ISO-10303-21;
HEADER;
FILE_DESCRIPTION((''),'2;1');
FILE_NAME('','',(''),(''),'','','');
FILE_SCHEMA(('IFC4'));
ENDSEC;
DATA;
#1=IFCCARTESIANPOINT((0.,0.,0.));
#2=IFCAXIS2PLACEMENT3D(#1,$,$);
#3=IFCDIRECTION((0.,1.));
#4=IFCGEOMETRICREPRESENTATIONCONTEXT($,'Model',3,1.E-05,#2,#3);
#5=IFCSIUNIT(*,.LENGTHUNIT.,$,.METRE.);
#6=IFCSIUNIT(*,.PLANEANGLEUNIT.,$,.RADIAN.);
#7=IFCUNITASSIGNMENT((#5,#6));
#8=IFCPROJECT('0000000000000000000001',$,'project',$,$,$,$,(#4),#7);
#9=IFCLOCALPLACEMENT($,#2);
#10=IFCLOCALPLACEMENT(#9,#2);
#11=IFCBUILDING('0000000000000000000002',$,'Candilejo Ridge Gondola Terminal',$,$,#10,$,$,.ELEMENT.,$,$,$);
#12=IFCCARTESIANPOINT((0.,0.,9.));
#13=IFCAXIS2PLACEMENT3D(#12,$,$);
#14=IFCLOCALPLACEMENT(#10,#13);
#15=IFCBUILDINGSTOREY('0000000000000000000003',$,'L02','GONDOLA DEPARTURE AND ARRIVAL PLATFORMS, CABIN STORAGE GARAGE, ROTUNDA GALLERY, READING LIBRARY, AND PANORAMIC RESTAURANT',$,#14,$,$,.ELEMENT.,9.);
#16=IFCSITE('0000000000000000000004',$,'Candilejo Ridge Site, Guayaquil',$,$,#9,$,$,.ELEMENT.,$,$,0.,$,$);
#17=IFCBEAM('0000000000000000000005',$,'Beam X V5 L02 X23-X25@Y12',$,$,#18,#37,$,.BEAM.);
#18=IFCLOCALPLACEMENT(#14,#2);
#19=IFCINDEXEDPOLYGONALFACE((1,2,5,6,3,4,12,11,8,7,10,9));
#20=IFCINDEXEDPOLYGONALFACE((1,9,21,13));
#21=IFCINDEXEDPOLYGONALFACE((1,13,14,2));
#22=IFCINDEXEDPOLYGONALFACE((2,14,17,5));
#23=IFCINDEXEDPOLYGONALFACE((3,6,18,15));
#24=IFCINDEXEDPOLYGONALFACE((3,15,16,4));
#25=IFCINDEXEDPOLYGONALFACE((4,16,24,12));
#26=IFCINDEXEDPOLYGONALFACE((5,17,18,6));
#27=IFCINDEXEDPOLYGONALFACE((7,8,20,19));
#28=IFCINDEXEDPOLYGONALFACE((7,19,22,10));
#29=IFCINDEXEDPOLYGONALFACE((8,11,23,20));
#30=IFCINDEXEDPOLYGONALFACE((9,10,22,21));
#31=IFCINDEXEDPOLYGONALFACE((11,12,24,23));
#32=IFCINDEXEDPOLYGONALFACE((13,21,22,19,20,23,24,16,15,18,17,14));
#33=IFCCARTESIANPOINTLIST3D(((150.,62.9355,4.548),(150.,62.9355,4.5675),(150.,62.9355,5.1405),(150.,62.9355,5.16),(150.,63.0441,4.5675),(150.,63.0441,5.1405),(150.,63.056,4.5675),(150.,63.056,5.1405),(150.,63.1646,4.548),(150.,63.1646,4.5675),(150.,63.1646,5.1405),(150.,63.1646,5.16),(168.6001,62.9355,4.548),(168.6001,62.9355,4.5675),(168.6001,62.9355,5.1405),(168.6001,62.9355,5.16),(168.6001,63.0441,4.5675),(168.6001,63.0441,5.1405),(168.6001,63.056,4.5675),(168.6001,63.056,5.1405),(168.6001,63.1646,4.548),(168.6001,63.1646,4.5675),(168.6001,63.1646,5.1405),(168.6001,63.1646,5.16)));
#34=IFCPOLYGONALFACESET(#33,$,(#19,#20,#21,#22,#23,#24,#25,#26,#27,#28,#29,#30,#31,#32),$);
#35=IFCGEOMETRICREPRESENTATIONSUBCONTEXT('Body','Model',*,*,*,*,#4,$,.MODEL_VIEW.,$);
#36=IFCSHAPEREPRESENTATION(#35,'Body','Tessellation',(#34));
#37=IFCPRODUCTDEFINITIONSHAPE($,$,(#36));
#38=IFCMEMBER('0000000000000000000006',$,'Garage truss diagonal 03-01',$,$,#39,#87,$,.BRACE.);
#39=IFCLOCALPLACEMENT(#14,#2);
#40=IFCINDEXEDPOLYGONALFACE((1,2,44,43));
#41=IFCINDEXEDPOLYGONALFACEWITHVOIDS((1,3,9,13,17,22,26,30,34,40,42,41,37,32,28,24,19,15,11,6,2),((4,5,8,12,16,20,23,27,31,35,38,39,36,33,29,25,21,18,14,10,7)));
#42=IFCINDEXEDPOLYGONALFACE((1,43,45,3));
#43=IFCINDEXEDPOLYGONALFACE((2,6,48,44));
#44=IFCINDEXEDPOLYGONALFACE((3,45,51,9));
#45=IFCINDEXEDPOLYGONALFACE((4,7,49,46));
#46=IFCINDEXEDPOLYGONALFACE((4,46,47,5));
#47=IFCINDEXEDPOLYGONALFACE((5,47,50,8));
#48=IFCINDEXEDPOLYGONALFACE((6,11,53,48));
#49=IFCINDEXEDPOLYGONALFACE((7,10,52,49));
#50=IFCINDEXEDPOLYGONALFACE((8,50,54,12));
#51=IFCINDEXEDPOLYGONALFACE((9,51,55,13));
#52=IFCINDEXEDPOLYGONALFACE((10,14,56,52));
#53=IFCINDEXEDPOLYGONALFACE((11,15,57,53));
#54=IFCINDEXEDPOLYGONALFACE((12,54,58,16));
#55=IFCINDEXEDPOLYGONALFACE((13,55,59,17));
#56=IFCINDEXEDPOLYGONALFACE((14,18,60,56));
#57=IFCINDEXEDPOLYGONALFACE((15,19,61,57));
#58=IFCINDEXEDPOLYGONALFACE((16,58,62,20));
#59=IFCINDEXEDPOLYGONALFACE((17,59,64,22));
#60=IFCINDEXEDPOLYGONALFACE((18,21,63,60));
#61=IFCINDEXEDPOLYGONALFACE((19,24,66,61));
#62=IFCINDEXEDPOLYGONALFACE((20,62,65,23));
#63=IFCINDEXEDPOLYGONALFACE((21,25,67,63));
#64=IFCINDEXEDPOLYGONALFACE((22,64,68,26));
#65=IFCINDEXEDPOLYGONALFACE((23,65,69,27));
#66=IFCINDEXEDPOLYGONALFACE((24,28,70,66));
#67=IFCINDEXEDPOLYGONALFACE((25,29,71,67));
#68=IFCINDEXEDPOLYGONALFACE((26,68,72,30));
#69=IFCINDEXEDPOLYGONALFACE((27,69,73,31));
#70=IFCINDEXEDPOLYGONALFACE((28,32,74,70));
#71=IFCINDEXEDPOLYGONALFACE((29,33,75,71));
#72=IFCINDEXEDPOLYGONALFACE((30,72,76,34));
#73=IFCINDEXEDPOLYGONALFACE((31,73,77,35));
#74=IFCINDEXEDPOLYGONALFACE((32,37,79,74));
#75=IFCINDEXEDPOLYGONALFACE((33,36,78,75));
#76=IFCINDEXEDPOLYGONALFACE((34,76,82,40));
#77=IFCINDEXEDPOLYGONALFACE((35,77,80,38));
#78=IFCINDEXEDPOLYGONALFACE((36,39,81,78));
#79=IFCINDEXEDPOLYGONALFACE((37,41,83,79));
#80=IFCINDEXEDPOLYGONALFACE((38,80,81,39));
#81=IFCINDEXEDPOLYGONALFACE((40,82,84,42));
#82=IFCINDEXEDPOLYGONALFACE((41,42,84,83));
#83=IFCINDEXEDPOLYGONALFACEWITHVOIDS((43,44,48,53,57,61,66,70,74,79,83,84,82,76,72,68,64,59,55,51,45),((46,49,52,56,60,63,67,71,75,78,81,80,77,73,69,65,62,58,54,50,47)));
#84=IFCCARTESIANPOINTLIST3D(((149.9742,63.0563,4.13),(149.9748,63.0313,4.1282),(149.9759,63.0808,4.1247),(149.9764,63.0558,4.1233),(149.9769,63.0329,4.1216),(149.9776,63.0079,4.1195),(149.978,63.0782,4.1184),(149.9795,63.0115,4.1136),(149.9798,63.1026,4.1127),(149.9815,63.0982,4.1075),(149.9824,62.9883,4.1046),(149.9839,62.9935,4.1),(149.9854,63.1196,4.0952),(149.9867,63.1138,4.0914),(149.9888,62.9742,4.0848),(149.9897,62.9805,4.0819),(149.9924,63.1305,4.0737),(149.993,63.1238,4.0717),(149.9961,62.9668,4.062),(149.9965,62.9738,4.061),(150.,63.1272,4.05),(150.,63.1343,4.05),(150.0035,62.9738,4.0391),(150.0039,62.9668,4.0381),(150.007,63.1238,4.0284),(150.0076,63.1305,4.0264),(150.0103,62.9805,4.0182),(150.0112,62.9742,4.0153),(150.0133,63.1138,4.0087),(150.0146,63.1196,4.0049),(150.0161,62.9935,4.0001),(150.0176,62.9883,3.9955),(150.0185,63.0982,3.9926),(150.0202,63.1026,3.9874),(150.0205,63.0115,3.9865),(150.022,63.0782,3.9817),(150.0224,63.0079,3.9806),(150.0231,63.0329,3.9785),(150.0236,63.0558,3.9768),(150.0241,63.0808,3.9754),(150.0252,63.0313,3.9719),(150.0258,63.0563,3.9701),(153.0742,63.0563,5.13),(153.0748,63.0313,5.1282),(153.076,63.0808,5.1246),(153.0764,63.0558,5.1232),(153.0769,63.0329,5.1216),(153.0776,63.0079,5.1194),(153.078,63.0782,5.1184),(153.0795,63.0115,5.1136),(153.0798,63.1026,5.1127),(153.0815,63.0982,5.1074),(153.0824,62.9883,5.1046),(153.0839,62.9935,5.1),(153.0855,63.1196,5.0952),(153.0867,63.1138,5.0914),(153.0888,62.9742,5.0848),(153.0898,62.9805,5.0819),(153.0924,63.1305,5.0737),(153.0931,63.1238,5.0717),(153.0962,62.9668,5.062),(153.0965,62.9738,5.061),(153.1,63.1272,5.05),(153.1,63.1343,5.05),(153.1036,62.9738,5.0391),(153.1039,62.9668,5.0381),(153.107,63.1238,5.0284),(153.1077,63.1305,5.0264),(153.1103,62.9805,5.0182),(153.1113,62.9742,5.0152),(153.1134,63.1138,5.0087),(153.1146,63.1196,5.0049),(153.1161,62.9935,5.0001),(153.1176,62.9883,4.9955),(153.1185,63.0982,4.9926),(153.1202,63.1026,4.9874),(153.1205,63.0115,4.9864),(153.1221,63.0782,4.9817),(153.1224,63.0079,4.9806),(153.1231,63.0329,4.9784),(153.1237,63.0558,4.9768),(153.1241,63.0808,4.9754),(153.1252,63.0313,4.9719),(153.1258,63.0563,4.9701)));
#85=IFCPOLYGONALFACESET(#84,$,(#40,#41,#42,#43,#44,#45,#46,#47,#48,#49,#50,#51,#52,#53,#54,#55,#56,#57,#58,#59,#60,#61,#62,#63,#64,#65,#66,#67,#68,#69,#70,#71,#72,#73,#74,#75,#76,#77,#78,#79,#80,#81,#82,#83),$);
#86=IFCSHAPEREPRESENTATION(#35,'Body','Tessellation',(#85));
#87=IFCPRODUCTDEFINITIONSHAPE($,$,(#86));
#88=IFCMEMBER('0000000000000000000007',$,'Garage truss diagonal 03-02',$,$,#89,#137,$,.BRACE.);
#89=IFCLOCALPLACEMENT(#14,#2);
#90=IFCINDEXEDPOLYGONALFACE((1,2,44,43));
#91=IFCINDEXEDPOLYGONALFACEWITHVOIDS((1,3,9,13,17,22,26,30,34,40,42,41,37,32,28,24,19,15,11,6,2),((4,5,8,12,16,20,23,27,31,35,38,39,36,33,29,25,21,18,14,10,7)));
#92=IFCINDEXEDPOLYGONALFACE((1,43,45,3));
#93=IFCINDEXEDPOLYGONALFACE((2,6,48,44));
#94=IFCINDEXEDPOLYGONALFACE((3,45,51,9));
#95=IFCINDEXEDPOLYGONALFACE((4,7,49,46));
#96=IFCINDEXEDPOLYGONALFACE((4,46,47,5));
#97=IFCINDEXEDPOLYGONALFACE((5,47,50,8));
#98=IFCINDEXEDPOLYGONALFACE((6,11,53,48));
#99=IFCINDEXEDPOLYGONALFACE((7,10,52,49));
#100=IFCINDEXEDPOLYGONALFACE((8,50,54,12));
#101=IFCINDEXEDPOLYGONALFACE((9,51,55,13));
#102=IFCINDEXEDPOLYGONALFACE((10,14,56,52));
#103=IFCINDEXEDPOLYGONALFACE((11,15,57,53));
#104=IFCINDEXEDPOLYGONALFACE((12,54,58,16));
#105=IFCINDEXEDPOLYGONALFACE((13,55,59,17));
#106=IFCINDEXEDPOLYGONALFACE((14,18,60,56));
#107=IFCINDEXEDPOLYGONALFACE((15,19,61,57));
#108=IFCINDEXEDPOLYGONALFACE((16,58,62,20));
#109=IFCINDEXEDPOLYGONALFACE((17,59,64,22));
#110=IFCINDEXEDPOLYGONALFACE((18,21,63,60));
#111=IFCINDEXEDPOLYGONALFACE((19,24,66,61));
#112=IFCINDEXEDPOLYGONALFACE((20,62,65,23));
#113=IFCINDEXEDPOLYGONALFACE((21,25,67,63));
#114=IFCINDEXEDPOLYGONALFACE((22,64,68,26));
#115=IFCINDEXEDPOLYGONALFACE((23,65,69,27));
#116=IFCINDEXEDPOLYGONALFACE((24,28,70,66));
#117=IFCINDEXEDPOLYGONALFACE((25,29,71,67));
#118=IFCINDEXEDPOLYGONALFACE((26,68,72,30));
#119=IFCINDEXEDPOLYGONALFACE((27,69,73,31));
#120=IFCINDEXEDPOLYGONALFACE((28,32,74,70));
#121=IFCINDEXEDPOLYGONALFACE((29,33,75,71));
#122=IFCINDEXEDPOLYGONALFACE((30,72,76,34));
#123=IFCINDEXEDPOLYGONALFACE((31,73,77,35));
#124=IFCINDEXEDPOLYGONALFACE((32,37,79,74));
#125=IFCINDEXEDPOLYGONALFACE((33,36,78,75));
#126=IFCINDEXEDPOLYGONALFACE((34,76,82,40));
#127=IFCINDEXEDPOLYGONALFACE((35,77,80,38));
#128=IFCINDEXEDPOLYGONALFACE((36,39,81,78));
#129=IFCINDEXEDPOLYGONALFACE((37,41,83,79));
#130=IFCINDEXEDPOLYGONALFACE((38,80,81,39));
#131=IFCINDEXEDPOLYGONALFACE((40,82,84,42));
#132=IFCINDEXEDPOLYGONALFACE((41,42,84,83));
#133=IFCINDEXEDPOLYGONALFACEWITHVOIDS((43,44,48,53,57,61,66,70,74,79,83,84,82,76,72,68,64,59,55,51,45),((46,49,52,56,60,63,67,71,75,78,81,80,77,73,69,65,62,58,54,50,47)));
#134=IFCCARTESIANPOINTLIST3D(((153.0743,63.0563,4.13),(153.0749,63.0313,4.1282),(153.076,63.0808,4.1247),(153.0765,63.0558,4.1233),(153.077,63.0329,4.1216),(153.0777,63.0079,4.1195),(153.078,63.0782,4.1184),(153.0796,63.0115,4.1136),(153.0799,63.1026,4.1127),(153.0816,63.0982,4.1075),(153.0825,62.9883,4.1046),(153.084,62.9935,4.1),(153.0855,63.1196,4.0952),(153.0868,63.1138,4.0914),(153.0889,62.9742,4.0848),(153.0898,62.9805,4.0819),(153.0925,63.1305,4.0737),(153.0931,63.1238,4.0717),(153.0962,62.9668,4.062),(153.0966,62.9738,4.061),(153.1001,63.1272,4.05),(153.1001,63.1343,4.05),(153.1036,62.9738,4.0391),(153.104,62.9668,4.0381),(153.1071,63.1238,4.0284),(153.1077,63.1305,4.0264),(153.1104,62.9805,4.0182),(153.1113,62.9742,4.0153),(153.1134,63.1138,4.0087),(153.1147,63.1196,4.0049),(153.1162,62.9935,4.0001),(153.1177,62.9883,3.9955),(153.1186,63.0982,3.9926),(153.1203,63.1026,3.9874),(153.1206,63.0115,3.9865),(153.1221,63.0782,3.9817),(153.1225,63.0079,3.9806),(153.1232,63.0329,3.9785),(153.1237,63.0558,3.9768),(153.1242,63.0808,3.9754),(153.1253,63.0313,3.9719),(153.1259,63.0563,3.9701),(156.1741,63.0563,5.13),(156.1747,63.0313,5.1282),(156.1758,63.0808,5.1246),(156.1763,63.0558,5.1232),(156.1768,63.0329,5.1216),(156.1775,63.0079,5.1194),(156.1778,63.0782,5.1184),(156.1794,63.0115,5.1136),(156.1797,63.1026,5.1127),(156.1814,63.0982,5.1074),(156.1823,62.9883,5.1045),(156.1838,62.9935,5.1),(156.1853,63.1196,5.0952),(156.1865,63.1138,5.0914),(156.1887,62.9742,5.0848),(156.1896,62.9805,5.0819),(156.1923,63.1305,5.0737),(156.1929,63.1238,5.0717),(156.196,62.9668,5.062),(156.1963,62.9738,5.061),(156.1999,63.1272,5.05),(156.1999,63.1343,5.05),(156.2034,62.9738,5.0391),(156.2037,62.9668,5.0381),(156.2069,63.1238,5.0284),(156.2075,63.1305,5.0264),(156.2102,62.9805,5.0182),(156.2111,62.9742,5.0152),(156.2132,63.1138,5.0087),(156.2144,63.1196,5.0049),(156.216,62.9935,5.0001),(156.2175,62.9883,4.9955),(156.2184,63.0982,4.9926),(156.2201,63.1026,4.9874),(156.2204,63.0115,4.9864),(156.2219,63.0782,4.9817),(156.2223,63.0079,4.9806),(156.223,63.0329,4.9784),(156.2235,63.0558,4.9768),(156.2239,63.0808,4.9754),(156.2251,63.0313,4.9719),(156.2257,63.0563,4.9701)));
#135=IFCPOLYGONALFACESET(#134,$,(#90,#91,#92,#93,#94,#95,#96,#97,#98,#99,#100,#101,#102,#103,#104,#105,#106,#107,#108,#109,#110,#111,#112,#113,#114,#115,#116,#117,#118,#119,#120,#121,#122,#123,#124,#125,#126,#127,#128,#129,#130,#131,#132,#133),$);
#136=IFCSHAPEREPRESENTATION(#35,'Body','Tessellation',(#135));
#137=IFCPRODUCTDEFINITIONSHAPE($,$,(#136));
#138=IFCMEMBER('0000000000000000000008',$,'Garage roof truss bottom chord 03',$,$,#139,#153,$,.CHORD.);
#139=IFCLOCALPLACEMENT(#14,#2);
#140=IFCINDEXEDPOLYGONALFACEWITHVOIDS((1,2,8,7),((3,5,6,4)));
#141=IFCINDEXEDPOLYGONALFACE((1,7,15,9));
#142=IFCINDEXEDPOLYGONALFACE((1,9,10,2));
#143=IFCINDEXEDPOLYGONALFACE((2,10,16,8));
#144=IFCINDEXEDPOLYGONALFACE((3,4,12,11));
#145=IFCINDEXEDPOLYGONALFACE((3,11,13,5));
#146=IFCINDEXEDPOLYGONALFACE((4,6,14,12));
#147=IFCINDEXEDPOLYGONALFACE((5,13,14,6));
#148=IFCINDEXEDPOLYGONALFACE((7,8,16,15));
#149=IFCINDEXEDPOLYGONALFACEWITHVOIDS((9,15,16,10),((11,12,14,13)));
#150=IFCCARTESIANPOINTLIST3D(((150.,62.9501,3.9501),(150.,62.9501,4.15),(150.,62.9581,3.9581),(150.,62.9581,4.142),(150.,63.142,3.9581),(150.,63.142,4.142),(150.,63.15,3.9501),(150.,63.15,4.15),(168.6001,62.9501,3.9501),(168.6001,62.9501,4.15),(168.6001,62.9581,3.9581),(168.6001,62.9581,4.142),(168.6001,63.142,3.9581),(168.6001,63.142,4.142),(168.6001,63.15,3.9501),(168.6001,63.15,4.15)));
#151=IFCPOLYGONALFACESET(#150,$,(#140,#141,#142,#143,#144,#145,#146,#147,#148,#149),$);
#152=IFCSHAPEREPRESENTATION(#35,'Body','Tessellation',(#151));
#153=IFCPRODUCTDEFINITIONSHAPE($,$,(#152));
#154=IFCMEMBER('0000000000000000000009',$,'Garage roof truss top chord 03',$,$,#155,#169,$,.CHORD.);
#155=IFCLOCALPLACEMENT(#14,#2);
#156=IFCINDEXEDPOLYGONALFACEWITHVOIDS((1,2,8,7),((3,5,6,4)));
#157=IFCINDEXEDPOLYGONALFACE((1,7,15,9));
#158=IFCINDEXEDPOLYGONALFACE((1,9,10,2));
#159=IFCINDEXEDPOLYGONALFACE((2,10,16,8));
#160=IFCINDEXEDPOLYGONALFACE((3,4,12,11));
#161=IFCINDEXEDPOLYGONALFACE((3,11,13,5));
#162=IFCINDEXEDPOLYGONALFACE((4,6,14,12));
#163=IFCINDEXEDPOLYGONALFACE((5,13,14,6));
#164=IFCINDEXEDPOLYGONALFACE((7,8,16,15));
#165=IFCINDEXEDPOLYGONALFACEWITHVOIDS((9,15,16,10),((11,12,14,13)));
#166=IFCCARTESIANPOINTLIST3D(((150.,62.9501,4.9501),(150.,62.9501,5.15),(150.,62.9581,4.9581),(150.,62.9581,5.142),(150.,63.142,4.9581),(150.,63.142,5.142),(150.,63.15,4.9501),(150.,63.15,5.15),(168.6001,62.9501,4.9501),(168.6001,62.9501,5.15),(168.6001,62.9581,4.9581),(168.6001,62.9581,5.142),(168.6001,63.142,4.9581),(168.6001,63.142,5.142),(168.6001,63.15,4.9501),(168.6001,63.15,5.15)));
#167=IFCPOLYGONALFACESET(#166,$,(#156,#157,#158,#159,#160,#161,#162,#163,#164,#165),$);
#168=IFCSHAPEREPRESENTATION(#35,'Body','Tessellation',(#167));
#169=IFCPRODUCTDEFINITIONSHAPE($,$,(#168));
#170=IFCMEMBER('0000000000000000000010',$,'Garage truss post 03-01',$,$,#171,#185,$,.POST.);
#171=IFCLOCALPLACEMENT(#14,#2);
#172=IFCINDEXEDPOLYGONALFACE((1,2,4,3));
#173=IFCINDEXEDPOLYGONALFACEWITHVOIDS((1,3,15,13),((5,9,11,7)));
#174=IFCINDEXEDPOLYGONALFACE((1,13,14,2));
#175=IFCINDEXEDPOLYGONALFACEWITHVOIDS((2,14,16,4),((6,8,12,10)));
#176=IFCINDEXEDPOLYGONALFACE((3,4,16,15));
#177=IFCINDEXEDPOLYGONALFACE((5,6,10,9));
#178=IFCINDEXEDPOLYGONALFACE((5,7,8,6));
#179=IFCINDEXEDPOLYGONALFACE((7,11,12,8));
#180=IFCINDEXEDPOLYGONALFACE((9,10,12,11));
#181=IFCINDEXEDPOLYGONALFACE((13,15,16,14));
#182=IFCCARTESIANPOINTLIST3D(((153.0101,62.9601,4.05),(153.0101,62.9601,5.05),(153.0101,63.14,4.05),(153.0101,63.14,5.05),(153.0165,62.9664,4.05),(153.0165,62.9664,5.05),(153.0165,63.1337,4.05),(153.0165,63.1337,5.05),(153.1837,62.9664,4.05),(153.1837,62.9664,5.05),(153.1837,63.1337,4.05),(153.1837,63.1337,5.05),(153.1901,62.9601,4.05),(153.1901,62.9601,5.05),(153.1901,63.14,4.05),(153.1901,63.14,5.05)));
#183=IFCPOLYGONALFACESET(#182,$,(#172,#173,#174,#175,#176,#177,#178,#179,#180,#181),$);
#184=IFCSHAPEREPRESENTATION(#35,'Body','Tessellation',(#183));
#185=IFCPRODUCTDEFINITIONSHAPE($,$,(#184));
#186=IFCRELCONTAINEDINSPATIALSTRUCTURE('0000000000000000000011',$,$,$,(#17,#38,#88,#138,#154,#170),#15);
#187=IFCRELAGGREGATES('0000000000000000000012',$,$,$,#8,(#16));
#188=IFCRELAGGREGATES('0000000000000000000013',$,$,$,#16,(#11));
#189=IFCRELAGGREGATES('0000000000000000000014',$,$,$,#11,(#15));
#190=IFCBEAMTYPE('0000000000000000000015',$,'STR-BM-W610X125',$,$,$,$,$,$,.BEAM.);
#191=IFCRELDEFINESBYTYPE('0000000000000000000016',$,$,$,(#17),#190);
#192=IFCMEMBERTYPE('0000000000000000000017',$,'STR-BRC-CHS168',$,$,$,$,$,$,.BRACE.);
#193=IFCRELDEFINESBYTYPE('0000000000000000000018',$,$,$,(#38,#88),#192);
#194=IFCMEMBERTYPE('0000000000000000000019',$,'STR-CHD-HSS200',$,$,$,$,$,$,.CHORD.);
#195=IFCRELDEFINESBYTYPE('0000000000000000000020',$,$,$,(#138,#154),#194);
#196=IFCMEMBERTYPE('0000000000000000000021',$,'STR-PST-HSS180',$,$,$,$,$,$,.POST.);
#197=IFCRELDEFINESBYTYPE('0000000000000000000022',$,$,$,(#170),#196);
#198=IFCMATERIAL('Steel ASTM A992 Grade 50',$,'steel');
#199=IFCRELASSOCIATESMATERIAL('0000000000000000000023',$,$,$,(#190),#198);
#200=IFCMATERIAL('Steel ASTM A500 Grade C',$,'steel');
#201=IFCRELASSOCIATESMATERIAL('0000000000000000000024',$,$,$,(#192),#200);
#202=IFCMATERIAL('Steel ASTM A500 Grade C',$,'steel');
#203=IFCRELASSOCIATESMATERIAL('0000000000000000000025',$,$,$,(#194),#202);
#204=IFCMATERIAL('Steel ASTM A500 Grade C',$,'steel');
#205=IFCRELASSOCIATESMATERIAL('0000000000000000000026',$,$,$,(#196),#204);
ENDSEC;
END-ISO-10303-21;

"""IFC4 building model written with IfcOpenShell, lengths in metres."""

from ifc_helpers import new_model, si_unit, direction, frame, origin, origin_2d, place, context, subcontext, project, spatial, hollow_rectangle, hollow_circle, i_section, extrude, material, material_profile, profile_set, type_object, element, save


model = new_model("IFC4")

# Units and contexts
model_context = context("Model", 3, precision=1e-05, world=origin(), true_north=direction((0.0, 1.0)))
body_context = subcontext(model_context, "Body", "Model", "MODEL_VIEW")
ifc_project = project(units=[si_unit("LENGTHUNIT", "METRE"), si_unit("PLANEANGLEUNIT", "RADIAN")], contexts=[model_context])

# Site, building, storey
site_placement = place(None, origin())
site = spatial("IfcSite", under=ifc_project, at=site_placement, Name="Candilejo Ridge Site, Guayaquil", CompositionType="ELEMENT", RefElevation=0.0)
building_placement = place(site_placement, origin())
building = spatial("IfcBuilding", under=site, at=building_placement, Name="Candilejo Ridge Gondola Terminal", CompositionType="ELEMENT")
storey_placement = place(building_placement, frame((0.0, 0.0, 9.0)))
storey = spatial("IfcBuildingStorey", under=building, at=storey_placement, Name="L02", Description="GONDOLA DEPARTURE AND ARRIVAL PLATFORMS, CABIN STORAGE GARAGE, ROTUNDA GALLERY, READING LIBRARY, AND PANORAMIC RESTAURANT", CompositionType="ELEMENT", Elevation=9.0)

# Beam
ifc_material_1 = material(Name="Steel ASTM A992 Grade 50", Category="steel")
ifc_material_profile_1 = material_profile(ifc_material_1, i_section(OverallWidth=0.229, OverallDepth=0.6121, WebThickness=0.012, FlangeThickness=0.0195, at=origin_2d()))
ifc_profile_set_1 = profile_set([ifc_material_profile_1], Name="Steel ASTM A992 Grade 50")
beam_type_1 = type_object("IfcBeamType", Name="STR-BM-W610X125", PredefinedType="BEAM", material=ifc_profile_set_1)
beam_1_placement = place(storey_placement, frame((150.0, 63.05, 4.854), z_axis=(1.0, 0.0, 0.0), x_axis=(0.0, 1.0, 0.0)))
element("IfcBeam", 1, at=beam_1_placement, inside=storey, type_object=beam_type_1, Name="Beam X V5 L02 X23-X25@Y12", PredefinedType="BEAM", context=body_context, shape_type="SweptSolid", body=[
    extrude(i_section(OverallWidth=0.229, OverallDepth=0.6121, WebThickness=0.012, FlangeThickness=0.0195, at=origin_2d()), origin(), (0.0, 0.0, 1.0), 18.6001),
])

# Members
ifc_material_2 = material(Name="Steel ASTM A500 Grade C", Category="steel")
ifc_material_profile_2 = material_profile(ifc_material_2, hollow_circle(Radius=0.0842, WallThickness=0.0071, at=origin_2d()))
ifc_profile_set_2 = profile_set([ifc_material_profile_2], Name="Steel ASTM A500 Grade C")
member_type_1 = type_object("IfcMemberType", Name="STR-BRC-CHS168", PredefinedType="BRACE", material=ifc_profile_set_2)
member_1_placement = place(storey_placement, frame((150.0, 63.05, 4.05), z_axis=(0.951711, 0.0, 0.306994), x_axis=(0.0, 1.0, 0.0)))
element("IfcMember", 2, at=member_1_placement, inside=storey, type_object=member_type_1, Name="Garage truss diagonal 03-01", PredefinedType="BRACE", context=body_context, shape_type="SweptSolid", body=[
    extrude(hollow_circle(Radius=0.0842, WallThickness=0.0071, at=origin_2d()), origin(), (0.0, 0.0, 1.0), 3.2573),
])
member_2_placement = place(storey_placement, frame((153.1001, 63.05, 4.05), z_axis=(0.951704, 0.0, 0.307016), x_axis=(0.0, 1.0, 0.0)))
element("IfcMember", 3, at=member_2_placement, inside=storey, type_object=member_type_1, Name="Garage truss diagonal 03-02", PredefinedType="BRACE", context=body_context, shape_type="SweptSolid", body=[
    extrude(hollow_circle(Radius=0.0842, WallThickness=0.0071, at=origin_2d()), origin(), (0.0, 0.0, 1.0), 3.2571),
])
ifc_material_3 = material(Name="Steel ASTM A500 Grade C", Category="steel")
ifc_material_profile_3 = material_profile(ifc_material_3, hollow_rectangle(XDim=0.2, YDim=0.2, WallThickness=0.0081, at=origin_2d()))
ifc_profile_set_3 = profile_set([ifc_material_profile_3], Name="Steel ASTM A500 Grade C")
member_type_2 = type_object("IfcMemberType", Name="STR-CHD-HSS200", PredefinedType="CHORD", material=ifc_profile_set_3)
for number, where, z_axis, x_axis, name in (
    (4, (150.0, 63.05, 4.05), (1.0, 0.0, 0.0), (0.0, 1.0, 0.0), "Garage roof truss bottom chord 03"),
    (5, (150.0, 63.05, 5.05), (1.0, 0.0, 0.0), (0.0, 1.0, 0.0), "Garage roof truss top chord 03"),
):
    element("IfcMember", number, at=place(storey_placement, frame(where, z_axis=z_axis, x_axis=x_axis)), inside=storey, type_object=member_type_2, Name=name, PredefinedType="CHORD", context=body_context, shape_type="SweptSolid", body=[
        extrude(hollow_rectangle(XDim=0.2, YDim=0.2, WallThickness=0.0081, at=origin_2d()), origin(), (0.0, 0.0, 1.0), 18.6001),
    ])
ifc_material_4 = material(Name="Steel ASTM A500 Grade C", Category="steel")
ifc_material_profile_4 = material_profile(ifc_material_4, hollow_rectangle(XDim=0.1799, YDim=0.1799, WallThickness=0.0063, at=origin_2d()))
ifc_profile_set_4 = profile_set([ifc_material_profile_4], Name="Steel ASTM A500 Grade C")
member_type_3 = type_object("IfcMemberType", Name="STR-PST-HSS180", PredefinedType="POST", material=ifc_profile_set_4)
member_3_placement = place(storey_placement, frame((153.1001, 63.05, 4.05), z_axis=(0.0, 0.0, 1.0), x_axis=(1.0, 0.0, 0.0)))
element("IfcMember", 6, at=member_3_placement, inside=storey, type_object=member_type_3, Name="Garage truss post 03-01", PredefinedType="POST", context=body_context, shape_type="SweptSolid", body=[
    extrude(hollow_rectangle(XDim=0.1799, YDim=0.1799, WallThickness=0.0063, at=origin_2d()), origin(), (0.0, 0.0, 1.0), 1.0),
])

save(model, "model.ifc")
